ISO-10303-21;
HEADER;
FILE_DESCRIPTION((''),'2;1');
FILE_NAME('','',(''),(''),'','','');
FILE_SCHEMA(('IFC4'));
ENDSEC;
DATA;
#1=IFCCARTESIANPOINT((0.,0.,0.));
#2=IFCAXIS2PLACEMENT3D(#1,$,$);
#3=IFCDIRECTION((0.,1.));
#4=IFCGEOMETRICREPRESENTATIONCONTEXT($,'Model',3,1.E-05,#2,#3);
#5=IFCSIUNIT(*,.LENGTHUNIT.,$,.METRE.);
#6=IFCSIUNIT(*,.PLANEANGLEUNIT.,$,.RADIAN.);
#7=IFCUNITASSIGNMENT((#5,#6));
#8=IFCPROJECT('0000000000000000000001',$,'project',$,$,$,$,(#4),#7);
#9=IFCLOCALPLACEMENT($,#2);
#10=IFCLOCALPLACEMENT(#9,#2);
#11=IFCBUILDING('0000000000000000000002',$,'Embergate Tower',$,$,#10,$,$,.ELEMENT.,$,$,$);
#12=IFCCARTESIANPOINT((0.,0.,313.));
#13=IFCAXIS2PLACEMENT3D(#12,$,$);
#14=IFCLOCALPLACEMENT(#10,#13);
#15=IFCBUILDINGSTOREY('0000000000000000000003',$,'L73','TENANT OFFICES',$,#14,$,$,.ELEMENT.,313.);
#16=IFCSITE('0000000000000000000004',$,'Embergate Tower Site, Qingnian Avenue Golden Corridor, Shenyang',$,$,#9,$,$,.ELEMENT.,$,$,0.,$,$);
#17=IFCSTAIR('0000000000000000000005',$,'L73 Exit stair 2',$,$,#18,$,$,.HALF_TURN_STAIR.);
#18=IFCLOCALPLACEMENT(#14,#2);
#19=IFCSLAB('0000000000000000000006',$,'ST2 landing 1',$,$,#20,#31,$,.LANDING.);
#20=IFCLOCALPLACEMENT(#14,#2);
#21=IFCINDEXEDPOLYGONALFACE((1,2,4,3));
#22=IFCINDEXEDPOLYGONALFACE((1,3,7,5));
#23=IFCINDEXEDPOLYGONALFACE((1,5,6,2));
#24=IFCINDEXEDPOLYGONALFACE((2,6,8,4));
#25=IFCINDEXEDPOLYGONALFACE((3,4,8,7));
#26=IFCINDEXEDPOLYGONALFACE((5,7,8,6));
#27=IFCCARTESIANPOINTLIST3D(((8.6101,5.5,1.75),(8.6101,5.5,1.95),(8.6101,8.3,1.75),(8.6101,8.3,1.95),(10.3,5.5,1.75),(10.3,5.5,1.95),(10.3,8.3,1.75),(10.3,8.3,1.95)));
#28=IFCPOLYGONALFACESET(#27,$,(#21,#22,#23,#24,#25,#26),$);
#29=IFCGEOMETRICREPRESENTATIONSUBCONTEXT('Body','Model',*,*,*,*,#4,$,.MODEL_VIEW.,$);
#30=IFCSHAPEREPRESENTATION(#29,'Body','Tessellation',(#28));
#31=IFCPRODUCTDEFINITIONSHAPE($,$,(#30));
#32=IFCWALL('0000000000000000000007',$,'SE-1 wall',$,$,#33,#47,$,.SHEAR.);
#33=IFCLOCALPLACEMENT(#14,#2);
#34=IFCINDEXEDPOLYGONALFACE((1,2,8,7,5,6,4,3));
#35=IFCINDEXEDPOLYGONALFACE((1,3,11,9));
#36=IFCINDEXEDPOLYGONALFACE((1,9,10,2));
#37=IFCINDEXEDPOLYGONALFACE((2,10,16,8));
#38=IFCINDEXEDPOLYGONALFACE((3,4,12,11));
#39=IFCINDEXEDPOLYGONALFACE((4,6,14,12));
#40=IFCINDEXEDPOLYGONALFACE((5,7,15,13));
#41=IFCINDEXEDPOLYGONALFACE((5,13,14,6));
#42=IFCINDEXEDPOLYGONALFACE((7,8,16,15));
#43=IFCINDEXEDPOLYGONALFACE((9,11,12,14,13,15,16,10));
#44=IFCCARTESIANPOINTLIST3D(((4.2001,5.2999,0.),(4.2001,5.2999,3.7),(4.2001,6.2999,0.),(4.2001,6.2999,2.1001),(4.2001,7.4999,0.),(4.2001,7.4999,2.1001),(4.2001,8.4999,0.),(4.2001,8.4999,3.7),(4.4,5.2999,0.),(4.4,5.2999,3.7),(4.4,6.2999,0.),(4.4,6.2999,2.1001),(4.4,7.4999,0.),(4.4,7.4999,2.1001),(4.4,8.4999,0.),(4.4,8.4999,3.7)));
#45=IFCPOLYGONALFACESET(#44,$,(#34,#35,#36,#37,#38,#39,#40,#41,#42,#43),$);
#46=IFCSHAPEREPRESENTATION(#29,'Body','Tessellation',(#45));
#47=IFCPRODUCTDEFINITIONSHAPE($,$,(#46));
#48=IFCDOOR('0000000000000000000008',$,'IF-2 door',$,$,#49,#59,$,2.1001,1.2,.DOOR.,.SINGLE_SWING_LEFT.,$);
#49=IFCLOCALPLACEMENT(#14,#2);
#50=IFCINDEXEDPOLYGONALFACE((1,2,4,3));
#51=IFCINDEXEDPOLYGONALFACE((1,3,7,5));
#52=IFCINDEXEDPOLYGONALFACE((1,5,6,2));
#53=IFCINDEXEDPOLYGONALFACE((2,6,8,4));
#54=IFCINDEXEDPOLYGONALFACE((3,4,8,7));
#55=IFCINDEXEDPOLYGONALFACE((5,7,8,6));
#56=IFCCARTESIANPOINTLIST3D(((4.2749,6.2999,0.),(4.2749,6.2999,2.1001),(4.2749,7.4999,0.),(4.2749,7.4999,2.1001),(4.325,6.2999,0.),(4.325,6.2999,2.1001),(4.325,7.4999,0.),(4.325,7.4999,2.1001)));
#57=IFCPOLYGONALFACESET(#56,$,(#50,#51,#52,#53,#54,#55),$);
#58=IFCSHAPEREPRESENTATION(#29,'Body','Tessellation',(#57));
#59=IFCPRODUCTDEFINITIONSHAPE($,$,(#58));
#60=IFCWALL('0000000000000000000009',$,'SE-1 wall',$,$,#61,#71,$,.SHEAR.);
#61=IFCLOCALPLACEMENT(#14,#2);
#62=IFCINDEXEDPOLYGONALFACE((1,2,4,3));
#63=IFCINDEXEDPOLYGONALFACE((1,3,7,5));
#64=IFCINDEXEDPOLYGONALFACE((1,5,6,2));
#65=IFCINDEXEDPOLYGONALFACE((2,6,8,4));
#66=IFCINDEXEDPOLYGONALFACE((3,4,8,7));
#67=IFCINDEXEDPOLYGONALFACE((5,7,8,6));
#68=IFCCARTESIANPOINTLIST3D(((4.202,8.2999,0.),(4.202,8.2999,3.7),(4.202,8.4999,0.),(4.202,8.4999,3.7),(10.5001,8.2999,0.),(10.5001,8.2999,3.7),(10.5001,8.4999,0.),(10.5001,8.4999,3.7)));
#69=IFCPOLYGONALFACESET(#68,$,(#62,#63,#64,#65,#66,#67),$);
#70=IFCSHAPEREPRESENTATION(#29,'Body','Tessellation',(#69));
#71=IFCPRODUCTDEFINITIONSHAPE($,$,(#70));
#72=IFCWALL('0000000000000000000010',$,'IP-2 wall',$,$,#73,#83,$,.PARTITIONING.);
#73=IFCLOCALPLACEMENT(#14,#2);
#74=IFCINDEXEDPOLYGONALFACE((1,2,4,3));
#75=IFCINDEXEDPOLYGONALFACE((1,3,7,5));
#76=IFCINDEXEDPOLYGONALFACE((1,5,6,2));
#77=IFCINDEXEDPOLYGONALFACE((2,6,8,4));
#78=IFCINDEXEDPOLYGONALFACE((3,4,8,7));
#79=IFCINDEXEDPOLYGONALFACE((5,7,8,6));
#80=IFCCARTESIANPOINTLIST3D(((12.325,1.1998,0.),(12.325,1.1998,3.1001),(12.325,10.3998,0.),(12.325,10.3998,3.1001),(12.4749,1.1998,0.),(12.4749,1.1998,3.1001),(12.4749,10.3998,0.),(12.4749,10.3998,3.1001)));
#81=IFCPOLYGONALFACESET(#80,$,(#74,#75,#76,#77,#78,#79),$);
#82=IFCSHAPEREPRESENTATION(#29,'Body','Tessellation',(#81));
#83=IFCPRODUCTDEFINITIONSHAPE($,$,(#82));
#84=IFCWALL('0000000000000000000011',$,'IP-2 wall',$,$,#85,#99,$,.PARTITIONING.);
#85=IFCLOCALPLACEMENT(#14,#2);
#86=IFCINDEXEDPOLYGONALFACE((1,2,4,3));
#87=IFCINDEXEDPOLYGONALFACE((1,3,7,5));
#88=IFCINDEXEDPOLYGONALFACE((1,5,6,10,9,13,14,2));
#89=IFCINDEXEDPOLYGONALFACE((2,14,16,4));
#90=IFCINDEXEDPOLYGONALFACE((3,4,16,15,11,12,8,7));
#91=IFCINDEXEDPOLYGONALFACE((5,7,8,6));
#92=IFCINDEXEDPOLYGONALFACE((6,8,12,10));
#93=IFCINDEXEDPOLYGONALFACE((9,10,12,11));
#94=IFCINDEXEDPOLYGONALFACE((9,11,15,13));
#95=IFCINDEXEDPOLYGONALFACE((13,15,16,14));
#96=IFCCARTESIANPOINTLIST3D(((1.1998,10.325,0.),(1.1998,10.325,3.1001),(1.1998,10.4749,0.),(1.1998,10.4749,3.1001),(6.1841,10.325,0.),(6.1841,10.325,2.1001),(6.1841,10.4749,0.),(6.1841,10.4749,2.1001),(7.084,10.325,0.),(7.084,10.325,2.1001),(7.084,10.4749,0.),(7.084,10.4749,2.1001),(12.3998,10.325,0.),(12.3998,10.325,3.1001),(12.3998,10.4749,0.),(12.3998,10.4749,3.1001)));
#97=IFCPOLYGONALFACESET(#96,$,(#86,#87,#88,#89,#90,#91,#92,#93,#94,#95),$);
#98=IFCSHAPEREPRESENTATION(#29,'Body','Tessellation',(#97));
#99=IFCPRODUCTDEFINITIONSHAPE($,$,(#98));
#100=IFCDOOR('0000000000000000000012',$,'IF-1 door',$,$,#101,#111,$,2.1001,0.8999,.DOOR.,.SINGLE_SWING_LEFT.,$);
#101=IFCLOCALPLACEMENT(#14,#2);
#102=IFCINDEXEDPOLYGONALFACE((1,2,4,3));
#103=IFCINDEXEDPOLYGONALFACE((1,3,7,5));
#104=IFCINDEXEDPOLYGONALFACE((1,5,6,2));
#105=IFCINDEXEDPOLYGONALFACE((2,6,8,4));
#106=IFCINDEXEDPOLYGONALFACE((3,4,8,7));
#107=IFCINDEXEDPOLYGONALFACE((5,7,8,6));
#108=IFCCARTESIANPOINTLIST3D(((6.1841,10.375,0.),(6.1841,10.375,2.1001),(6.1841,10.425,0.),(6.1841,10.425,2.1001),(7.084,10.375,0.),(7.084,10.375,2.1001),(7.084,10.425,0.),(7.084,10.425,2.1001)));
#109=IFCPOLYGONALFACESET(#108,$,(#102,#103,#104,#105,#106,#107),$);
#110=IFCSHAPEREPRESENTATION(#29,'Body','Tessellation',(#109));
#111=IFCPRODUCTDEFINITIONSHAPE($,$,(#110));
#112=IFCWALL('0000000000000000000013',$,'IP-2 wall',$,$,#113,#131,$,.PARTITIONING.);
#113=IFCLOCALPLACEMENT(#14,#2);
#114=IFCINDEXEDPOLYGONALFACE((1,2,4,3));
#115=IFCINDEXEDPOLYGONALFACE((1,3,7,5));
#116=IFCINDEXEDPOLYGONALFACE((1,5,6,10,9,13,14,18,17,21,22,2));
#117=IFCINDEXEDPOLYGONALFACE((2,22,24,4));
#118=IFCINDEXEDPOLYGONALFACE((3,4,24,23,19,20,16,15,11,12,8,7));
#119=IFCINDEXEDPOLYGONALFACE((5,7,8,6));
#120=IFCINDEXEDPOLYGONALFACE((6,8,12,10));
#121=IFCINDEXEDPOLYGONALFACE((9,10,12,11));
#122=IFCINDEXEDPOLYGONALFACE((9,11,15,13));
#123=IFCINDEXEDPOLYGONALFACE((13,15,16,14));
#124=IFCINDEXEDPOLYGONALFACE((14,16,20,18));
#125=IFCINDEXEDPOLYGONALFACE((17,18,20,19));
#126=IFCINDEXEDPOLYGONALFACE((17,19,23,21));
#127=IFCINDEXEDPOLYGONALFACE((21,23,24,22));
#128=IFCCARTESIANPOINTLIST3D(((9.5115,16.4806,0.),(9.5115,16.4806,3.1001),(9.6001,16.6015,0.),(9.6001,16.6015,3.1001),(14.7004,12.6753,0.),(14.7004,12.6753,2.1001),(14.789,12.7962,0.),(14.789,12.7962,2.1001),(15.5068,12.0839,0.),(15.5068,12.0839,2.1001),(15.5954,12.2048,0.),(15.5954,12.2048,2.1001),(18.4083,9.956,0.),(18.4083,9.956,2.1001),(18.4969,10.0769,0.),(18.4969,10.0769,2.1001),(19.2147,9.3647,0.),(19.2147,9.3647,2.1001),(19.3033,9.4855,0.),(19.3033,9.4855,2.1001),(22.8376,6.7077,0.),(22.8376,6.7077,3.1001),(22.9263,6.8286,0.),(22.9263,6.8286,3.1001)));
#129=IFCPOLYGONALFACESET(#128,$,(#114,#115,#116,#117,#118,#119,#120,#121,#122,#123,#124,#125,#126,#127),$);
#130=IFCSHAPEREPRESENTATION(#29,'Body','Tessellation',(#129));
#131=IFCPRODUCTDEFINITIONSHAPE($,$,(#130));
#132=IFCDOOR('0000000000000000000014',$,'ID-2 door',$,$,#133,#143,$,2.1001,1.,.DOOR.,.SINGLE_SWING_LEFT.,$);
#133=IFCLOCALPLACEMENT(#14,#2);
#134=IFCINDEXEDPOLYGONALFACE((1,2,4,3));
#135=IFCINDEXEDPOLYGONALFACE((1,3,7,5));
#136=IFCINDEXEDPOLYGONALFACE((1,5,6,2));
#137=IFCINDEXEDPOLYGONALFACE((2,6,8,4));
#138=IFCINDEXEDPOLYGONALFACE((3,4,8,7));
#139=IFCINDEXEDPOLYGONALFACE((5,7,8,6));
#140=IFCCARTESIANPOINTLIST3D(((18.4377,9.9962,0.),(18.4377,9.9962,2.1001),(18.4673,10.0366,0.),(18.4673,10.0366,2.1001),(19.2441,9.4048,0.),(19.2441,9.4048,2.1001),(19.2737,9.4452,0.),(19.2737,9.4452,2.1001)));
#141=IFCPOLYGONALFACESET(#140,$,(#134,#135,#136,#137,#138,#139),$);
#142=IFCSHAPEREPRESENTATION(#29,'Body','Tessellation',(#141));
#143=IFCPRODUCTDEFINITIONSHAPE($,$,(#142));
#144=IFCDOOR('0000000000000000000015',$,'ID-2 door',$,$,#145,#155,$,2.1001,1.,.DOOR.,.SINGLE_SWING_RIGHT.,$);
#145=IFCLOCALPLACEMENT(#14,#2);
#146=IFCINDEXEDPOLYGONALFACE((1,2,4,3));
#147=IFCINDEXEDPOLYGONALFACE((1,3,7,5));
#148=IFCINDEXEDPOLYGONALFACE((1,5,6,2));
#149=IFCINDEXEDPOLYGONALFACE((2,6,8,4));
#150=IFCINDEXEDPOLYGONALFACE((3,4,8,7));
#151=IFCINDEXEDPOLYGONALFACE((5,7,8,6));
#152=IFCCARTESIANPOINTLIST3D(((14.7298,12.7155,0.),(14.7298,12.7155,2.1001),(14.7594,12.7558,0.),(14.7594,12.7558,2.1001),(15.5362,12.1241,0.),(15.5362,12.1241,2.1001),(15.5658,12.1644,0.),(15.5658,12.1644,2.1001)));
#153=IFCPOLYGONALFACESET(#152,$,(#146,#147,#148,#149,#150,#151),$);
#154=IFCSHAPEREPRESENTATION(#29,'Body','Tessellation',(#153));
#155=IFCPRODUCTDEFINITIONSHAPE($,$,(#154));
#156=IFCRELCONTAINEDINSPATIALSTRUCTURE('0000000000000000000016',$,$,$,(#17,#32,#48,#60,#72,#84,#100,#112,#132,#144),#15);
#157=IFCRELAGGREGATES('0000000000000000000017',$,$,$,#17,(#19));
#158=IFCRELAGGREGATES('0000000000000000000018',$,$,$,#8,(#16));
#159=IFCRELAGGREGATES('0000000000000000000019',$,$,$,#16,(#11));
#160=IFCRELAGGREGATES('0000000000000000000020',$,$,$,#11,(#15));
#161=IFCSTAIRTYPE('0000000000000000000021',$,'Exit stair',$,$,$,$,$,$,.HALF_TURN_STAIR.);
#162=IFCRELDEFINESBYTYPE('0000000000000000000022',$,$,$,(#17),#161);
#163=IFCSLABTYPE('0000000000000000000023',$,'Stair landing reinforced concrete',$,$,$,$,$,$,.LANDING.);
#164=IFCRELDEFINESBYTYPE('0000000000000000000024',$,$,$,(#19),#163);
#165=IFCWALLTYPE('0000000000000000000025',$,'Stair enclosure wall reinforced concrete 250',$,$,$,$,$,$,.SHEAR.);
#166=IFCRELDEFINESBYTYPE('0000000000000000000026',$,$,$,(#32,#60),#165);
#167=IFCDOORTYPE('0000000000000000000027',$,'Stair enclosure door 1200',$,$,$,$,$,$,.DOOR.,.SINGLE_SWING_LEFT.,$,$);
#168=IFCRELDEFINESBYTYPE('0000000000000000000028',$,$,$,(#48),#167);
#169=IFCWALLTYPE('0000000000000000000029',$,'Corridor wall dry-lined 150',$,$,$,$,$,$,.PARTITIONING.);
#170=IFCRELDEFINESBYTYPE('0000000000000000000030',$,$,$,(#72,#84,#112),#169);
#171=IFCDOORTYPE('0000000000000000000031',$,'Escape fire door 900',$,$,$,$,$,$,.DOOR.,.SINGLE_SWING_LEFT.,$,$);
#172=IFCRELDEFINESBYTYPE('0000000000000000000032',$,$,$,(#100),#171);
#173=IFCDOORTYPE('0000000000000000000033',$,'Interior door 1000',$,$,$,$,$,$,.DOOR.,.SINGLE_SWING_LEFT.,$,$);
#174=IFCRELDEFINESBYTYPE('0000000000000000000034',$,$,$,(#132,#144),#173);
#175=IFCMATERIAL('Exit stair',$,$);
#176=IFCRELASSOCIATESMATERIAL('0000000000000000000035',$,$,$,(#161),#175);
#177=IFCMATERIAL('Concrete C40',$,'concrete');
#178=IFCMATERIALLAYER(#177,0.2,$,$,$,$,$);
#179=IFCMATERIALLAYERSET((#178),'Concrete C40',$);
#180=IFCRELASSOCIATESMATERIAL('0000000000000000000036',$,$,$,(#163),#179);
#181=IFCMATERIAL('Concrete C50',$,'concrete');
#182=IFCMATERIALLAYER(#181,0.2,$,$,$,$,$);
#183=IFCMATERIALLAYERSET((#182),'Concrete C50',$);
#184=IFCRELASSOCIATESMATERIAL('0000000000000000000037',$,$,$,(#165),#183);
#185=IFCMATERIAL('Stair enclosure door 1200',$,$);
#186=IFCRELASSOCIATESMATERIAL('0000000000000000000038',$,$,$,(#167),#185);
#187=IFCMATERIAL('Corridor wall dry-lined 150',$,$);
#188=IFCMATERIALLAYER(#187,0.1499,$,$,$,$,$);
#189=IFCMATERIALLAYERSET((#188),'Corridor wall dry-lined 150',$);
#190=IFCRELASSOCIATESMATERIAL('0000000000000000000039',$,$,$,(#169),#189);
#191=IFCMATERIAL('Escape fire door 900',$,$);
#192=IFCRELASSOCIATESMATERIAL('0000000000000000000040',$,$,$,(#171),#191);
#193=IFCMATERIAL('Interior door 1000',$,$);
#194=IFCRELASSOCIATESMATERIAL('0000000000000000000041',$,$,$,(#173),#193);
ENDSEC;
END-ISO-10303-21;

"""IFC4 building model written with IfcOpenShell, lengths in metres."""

from ifc_helpers import new_model, si_unit, direction, frame, frame_2d, origin, place, context, subcontext, project, spatial, polyline, rectangle, outline, extrude, source, transform, mapped, material, layer, layer_set, type_object, element, fill, aggregate, save


model = new_model("IFC4")

# Units and contexts
model_context = context("Model", 3, precision=1e-05, world=origin(), true_north=direction((0.0, 1.0)))
body_context = subcontext(model_context, "Body", "Model", "MODEL_VIEW")
ifc_project = project(units=[si_unit("LENGTHUNIT", "METRE"), si_unit("PLANEANGLEUNIT", "RADIAN")], contexts=[model_context])

# Site, building, storey
site_placement = place(None, origin())
site = spatial("IfcSite", under=ifc_project, at=site_placement, Name="Embergate Tower Site, Qingnian Avenue Golden Corridor, Shenyang", CompositionType="ELEMENT", RefElevation=0.0)
building_placement = place(site_placement, origin())
building = spatial("IfcBuilding", under=site, at=building_placement, Name="Embergate Tower", CompositionType="ELEMENT")
storey_placement = place(building_placement, frame((0.0, 0.0, 313.0)))
storey = spatial("IfcBuildingStorey", under=building, at=storey_placement, Name="L73", Description="TENANT OFFICES", CompositionType="ELEMENT", Elevation=313.0)

# Stair, slab
ifc_material_1 = material(Name="Exit stair")
stair_type = type_object("IfcStairType", Name="Exit stair", PredefinedType="HALF_TURN_STAIR", material=ifc_material_1)
stair_placement = place(storey_placement, origin())
stair = element("IfcStair", 1, at=stair_placement, inside=storey, type_object=stair_type, Name="L73 Exit stair 2", PredefinedType="HALF_TURN_STAIR")
ifc_material_2 = material(Name="Concrete C40", Category="concrete")
ifc_layer_1 = layer(ifc_material_2, 0.2)
ifc_layer_set_1 = layer_set([ifc_layer_1], Name="Concrete C40")
slab_type = type_object("IfcSlabType", Name="Stair landing reinforced concrete", PredefinedType="LANDING", material=ifc_layer_set_1)
shared_shape_1 = source(origin(), body_context, "Body", "SweptSolid", [
    extrude(outline(polyline([(0.0, 0.0), (1.6899, 0.0), (1.6899, 2.8), (0.0, 2.8), (0.0, 0.0)])), origin(), (0.0, 0.0, 1.0), 0.2),
])
slab_placement = place(storey_placement, frame((8.6101, 5.5, 1.75)))
slab = element("IfcSlab", 2, at=slab_placement, type_object=slab_type, Name="ST2 landing 1", PredefinedType="LANDING", context=body_context, shape_type="MappedRepresentation", body=[
    mapped(shared_shape_1, transform((0.0, 0.0, 0.0))),
])

# Wall, opening, door
ifc_material_3 = material(Name="Concrete C50", Category="concrete")
ifc_layer_2 = layer(ifc_material_3, 0.2)
ifc_layer_set_2 = layer_set([ifc_layer_2], Name="Concrete C50")
wall_type_1 = type_object("IfcWallType", Name="Stair enclosure wall reinforced concrete 250", PredefinedType="SHEAR", material=ifc_layer_set_2)
shared_shape_2 = source(origin(), body_context, "Body", "SweptSolid", [
    extrude(rectangle(XDim=3.2, YDim=0.2, at=frame_2d((1.6001, 0.0))), origin(), (0.0, 0.0, 1.0), 3.7),
])
wall_1_placement = place(storey_placement, frame((4.3, 8.5, 0.0), z_axis=(0.0, 0.0, 1.0), x_axis=(0.0, -1.0, 0.0)))
wall_1 = element("IfcWall", 3, at=wall_1_placement, inside=storey, type_object=wall_type_1, Name="SE-1 wall", PredefinedType="SHEAR", context=body_context, shape_type="MappedRepresentation", body=[
    mapped(shared_shape_2, transform((0.0, 0.0, 0.0))),
])
shared_shape_3 = source(origin(), body_context, "Body", "SweptSolid", [
    extrude(rectangle(XDim=1.2, YDim=2.1001, at=frame_2d((0.6001, 1.05))), frame((0.0, 0.1099, 0.0), z_axis=(0.0, -1.0, 0.0), x_axis=(1.0, 0.0, 0.0)), (0.0, 0.0, 1.0), 0.22),
])
opening_1_placement = place(wall_1_placement, frame((1.0, 0.0, 0.0)))
opening_1 = element("IfcOpeningElement", 4, at=opening_1_placement, cuts=wall_1, PredefinedType="OPENING", context=body_context, shape_type="MappedRepresentation", body=[
    mapped(shared_shape_3, transform((0.0, 0.0, 0.0))),
])
ifc_material_4 = material(Name="Stair enclosure door 1200")
door_type_1 = type_object("IfcDoorType", Name="Stair enclosure door 1200", OperationType="SINGLE_SWING_LEFT", PredefinedType="DOOR", material=ifc_material_4)
shared_shape_4 = source(origin(), body_context, "Body", "SweptSolid", [
    extrude(rectangle(XDim=1.2, YDim=2.1001, at=frame_2d((0.6001, 1.05))), frame((0.0, 0.0249, 0.0), z_axis=(0.0, -1.0, 0.0), x_axis=(1.0, 0.0, 0.0)), (0.0, 0.0, 1.0), 0.05),
])
door_1_placement = place(opening_1_placement, origin())
door_1 = element("IfcDoor", 5, at=door_1_placement, inside=storey, type_object=door_type_1, Name="IF-2 door", OperationType="SINGLE_SWING_LEFT", OverallHeight=2.1001, OverallWidth=1.2, PredefinedType="DOOR", context=body_context, shape_type="MappedRepresentation", body=[
    mapped(shared_shape_4, transform((0.0, 0.0, 0.0))),
])
fill(opening_1, door_1)

# Walls
shared_shape_5 = source(origin(), body_context, "Body", "SweptSolid", [
    extrude(rectangle(XDim=6.2981, YDim=0.2, at=frame_2d((3.1489, 0.0))), origin(), (0.0, 0.0, 1.0), 3.7),
])
wall_2_placement = place(storey_placement, frame((10.5, 8.3999, 0.0), z_axis=(0.0, 0.0, 1.0), x_axis=(-1.0, 0.0, 0.0)))
element("IfcWall", 6, at=wall_2_placement, inside=storey, type_object=wall_type_1, Name="SE-1 wall", PredefinedType="SHEAR", context=body_context, shape_type="MappedRepresentation", body=[
    mapped(shared_shape_5, transform((0.0, 0.0, 0.0))),
])
ifc_material_5 = material(Name="Corridor wall dry-lined 150")
ifc_layer_3 = layer(ifc_material_5, 0.1499)
ifc_layer_set_3 = layer_set([ifc_layer_3], Name="Corridor wall dry-lined 150")
wall_type_2 = type_object("IfcWallType", Name="Corridor wall dry-lined 150", PredefinedType="PARTITIONING", material=ifc_layer_set_3)
shared_shape_6 = source(origin(), body_context, "Body", "SweptSolid", [
    extrude(rectangle(XDim=9.2, YDim=0.1499, at=frame_2d((4.6001, 0.0))), origin(), (0.0, 0.0, 1.0), 3.1001),
])
wall_3_placement = place(storey_placement, frame((12.3999, 10.3999, 0.0), z_axis=(0.0, 0.0, 1.0), x_axis=(0.0, -1.0, 0.0)))
element("IfcWall", 7, at=wall_3_placement, inside=storey, type_object=wall_type_2, Name="IP-2 wall", PredefinedType="PARTITIONING", context=body_context, shape_type="MappedRepresentation", body=[
    mapped(shared_shape_6, transform((0.0, 0.0, 0.0))),
])

# Wall, opening, door
shared_shape_7 = source(origin(), body_context, "Body", "SweptSolid", [
    extrude(rectangle(XDim=11.2, YDim=0.1499, at=frame_2d((5.6001, 0.0))), origin(), (0.0, 0.0, 1.0), 3.1001),
])
wall_4_placement = place(storey_placement, frame((12.3999, 10.3999, 0.0), z_axis=(0.0, 0.0, 1.0), x_axis=(-1.0, 0.0, 0.0)))
wall_4 = element("IfcWall", 8, at=wall_4_placement, inside=storey, type_object=wall_type_2, Name="IP-2 wall", PredefinedType="PARTITIONING", context=body_context, shape_type="MappedRepresentation", body=[
    mapped(shared_shape_7, transform((0.0, 0.0, 0.0))),
])
shared_shape_8 = source(origin(), body_context, "Body", "SweptSolid", [
    extrude(rectangle(XDim=0.8999, YDim=2.1001, at=frame_2d((0.45, 1.05))), frame((0.0, 0.085, 0.0), z_axis=(0.0, -1.0, 0.0), x_axis=(1.0, 0.0, 0.0)), (0.0, 0.0, 1.0), 0.1699),
])
opening_2_placement = place(wall_4_placement, frame((5.3159, 0.0, 0.0)))
opening_2 = element("IfcOpeningElement", 9, at=opening_2_placement, cuts=wall_4, PredefinedType="OPENING", context=body_context, shape_type="MappedRepresentation", body=[
    mapped(shared_shape_8, transform((0.0, 0.0, 0.0))),
])
ifc_material_6 = material(Name="Escape fire door 900")
door_type_2 = type_object("IfcDoorType", Name="Escape fire door 900", OperationType="SINGLE_SWING_LEFT", PredefinedType="DOOR", material=ifc_material_6)
shared_shape_9 = source(origin(), body_context, "Body", "SweptSolid", [
    extrude(rectangle(XDim=0.8999, YDim=2.1001, at=frame_2d((0.45, 1.05))), frame((0.0, 0.0249, 0.0), z_axis=(0.0, -1.0, 0.0), x_axis=(1.0, 0.0, 0.0)), (0.0, 0.0, 1.0), 0.05),
])
door_2_placement = place(opening_2_placement, origin())
door_2 = element("IfcDoor", 10, at=door_2_placement, inside=storey, type_object=door_type_2, Name="IF-1 door", OperationType="SINGLE_SWING_LEFT", OverallHeight=2.1001, OverallWidth=0.8999, PredefinedType="DOOR", context=body_context, shape_type="MappedRepresentation", body=[
    mapped(shared_shape_9, transform((0.0, 0.0, 0.0))),
])
fill(opening_2, door_2)

# Wall, openings, doors
shared_shape_10 = source(origin(), body_context, "Body", "SweptSolid", [
    extrude(rectangle(XDim=16.5256, YDim=0.1499, at=frame_2d((8.2627, 0.0))), origin(), (0.0, 0.0, 1.0), 3.1001),
])
wall_5_placement = place(storey_placement, frame((9.5559, 16.541, 0.0), z_axis=(0.0, 0.0, 1.0), x_axis=(0.806393, -0.59138, 0.0)))
wall_5 = element("IfcWall", 11, at=wall_5_placement, inside=storey, type_object=wall_type_2, Name="IP-2 wall", PredefinedType="PARTITIONING", context=body_context, shape_type="MappedRepresentation", body=[
    mapped(shared_shape_10, transform((0.0, 0.0, 0.0))),
])
shared_shape_11 = source(origin(), body_context, "Body", "SweptSolid", [
    extrude(rectangle(XDim=1.0, YDim=2.1001, at=frame_2d((0.5, 1.05))), frame((0.0, 0.085, 0.0), z_axis=(0.0, -1.0, 0.0), x_axis=(1.0, 0.0, 0.0)), (0.0, 0.0, 1.0), 0.1699),
])
opening_3_placement = place(wall_5_placement, frame((11.0327, 0.0, 0.0)))
opening_3 = element("IfcOpeningElement", 12, at=opening_3_placement, cuts=wall_5, PredefinedType="OPENING", context=body_context, shape_type="MappedRepresentation", body=[
    mapped(shared_shape_11, transform((0.0, 0.0, 0.0))),
])
opening_4_placement = place(wall_5_placement, frame((6.4346, 0.0, 0.0)))
opening_4 = element("IfcOpeningElement", 13, at=opening_4_placement, cuts=wall_5, PredefinedType="OPENING", context=body_context, shape_type="MappedRepresentation", body=[
    mapped(shared_shape_11, transform((0.0, 0.0, 0.0))),
])
ifc_material_7 = material(Name="Interior door 1000")
door_type_3 = type_object("IfcDoorType", Name="Interior door 1000", OperationType="SINGLE_SWING_LEFT", PredefinedType="DOOR", material=ifc_material_7)
shared_shape_12 = source(origin(), body_context, "Body", "SweptSolid", [
    extrude(rectangle(XDim=1.0, YDim=2.1001, at=frame_2d((0.5, 1.05))), frame((0.0, 0.0249, 0.0), z_axis=(0.0, -1.0, 0.0), x_axis=(1.0, 0.0, 0.0)), (0.0, 0.0, 1.0), 0.05),
])
door_3_placement = place(opening_3_placement, origin())
door_3 = element("IfcDoor", 14, at=door_3_placement, inside=storey, type_object=door_type_3, Name="ID-2 door", OperationType="SINGLE_SWING_LEFT", OverallHeight=2.1001, OverallWidth=1.0, PredefinedType="DOOR", context=body_context, shape_type="MappedRepresentation", body=[
    mapped(shared_shape_12, transform((0.0, 0.0, 0.0))),
])
fill(opening_3, door_3)
door_4_placement = place(opening_4_placement, origin())
door_4 = element("IfcDoor", 15, at=door_4_placement, inside=storey, type_object=door_type_3, Name="ID-2 door", OperationType="SINGLE_SWING_RIGHT", OverallHeight=2.1001, OverallWidth=1.0, PredefinedType="DOOR", context=body_context, shape_type="MappedRepresentation", body=[
    mapped(shared_shape_12, transform((0.0, 0.0, 0.0))),
])
fill(opening_4, door_4)

aggregate(stair, [slab])

save(model, "model.ifc")
